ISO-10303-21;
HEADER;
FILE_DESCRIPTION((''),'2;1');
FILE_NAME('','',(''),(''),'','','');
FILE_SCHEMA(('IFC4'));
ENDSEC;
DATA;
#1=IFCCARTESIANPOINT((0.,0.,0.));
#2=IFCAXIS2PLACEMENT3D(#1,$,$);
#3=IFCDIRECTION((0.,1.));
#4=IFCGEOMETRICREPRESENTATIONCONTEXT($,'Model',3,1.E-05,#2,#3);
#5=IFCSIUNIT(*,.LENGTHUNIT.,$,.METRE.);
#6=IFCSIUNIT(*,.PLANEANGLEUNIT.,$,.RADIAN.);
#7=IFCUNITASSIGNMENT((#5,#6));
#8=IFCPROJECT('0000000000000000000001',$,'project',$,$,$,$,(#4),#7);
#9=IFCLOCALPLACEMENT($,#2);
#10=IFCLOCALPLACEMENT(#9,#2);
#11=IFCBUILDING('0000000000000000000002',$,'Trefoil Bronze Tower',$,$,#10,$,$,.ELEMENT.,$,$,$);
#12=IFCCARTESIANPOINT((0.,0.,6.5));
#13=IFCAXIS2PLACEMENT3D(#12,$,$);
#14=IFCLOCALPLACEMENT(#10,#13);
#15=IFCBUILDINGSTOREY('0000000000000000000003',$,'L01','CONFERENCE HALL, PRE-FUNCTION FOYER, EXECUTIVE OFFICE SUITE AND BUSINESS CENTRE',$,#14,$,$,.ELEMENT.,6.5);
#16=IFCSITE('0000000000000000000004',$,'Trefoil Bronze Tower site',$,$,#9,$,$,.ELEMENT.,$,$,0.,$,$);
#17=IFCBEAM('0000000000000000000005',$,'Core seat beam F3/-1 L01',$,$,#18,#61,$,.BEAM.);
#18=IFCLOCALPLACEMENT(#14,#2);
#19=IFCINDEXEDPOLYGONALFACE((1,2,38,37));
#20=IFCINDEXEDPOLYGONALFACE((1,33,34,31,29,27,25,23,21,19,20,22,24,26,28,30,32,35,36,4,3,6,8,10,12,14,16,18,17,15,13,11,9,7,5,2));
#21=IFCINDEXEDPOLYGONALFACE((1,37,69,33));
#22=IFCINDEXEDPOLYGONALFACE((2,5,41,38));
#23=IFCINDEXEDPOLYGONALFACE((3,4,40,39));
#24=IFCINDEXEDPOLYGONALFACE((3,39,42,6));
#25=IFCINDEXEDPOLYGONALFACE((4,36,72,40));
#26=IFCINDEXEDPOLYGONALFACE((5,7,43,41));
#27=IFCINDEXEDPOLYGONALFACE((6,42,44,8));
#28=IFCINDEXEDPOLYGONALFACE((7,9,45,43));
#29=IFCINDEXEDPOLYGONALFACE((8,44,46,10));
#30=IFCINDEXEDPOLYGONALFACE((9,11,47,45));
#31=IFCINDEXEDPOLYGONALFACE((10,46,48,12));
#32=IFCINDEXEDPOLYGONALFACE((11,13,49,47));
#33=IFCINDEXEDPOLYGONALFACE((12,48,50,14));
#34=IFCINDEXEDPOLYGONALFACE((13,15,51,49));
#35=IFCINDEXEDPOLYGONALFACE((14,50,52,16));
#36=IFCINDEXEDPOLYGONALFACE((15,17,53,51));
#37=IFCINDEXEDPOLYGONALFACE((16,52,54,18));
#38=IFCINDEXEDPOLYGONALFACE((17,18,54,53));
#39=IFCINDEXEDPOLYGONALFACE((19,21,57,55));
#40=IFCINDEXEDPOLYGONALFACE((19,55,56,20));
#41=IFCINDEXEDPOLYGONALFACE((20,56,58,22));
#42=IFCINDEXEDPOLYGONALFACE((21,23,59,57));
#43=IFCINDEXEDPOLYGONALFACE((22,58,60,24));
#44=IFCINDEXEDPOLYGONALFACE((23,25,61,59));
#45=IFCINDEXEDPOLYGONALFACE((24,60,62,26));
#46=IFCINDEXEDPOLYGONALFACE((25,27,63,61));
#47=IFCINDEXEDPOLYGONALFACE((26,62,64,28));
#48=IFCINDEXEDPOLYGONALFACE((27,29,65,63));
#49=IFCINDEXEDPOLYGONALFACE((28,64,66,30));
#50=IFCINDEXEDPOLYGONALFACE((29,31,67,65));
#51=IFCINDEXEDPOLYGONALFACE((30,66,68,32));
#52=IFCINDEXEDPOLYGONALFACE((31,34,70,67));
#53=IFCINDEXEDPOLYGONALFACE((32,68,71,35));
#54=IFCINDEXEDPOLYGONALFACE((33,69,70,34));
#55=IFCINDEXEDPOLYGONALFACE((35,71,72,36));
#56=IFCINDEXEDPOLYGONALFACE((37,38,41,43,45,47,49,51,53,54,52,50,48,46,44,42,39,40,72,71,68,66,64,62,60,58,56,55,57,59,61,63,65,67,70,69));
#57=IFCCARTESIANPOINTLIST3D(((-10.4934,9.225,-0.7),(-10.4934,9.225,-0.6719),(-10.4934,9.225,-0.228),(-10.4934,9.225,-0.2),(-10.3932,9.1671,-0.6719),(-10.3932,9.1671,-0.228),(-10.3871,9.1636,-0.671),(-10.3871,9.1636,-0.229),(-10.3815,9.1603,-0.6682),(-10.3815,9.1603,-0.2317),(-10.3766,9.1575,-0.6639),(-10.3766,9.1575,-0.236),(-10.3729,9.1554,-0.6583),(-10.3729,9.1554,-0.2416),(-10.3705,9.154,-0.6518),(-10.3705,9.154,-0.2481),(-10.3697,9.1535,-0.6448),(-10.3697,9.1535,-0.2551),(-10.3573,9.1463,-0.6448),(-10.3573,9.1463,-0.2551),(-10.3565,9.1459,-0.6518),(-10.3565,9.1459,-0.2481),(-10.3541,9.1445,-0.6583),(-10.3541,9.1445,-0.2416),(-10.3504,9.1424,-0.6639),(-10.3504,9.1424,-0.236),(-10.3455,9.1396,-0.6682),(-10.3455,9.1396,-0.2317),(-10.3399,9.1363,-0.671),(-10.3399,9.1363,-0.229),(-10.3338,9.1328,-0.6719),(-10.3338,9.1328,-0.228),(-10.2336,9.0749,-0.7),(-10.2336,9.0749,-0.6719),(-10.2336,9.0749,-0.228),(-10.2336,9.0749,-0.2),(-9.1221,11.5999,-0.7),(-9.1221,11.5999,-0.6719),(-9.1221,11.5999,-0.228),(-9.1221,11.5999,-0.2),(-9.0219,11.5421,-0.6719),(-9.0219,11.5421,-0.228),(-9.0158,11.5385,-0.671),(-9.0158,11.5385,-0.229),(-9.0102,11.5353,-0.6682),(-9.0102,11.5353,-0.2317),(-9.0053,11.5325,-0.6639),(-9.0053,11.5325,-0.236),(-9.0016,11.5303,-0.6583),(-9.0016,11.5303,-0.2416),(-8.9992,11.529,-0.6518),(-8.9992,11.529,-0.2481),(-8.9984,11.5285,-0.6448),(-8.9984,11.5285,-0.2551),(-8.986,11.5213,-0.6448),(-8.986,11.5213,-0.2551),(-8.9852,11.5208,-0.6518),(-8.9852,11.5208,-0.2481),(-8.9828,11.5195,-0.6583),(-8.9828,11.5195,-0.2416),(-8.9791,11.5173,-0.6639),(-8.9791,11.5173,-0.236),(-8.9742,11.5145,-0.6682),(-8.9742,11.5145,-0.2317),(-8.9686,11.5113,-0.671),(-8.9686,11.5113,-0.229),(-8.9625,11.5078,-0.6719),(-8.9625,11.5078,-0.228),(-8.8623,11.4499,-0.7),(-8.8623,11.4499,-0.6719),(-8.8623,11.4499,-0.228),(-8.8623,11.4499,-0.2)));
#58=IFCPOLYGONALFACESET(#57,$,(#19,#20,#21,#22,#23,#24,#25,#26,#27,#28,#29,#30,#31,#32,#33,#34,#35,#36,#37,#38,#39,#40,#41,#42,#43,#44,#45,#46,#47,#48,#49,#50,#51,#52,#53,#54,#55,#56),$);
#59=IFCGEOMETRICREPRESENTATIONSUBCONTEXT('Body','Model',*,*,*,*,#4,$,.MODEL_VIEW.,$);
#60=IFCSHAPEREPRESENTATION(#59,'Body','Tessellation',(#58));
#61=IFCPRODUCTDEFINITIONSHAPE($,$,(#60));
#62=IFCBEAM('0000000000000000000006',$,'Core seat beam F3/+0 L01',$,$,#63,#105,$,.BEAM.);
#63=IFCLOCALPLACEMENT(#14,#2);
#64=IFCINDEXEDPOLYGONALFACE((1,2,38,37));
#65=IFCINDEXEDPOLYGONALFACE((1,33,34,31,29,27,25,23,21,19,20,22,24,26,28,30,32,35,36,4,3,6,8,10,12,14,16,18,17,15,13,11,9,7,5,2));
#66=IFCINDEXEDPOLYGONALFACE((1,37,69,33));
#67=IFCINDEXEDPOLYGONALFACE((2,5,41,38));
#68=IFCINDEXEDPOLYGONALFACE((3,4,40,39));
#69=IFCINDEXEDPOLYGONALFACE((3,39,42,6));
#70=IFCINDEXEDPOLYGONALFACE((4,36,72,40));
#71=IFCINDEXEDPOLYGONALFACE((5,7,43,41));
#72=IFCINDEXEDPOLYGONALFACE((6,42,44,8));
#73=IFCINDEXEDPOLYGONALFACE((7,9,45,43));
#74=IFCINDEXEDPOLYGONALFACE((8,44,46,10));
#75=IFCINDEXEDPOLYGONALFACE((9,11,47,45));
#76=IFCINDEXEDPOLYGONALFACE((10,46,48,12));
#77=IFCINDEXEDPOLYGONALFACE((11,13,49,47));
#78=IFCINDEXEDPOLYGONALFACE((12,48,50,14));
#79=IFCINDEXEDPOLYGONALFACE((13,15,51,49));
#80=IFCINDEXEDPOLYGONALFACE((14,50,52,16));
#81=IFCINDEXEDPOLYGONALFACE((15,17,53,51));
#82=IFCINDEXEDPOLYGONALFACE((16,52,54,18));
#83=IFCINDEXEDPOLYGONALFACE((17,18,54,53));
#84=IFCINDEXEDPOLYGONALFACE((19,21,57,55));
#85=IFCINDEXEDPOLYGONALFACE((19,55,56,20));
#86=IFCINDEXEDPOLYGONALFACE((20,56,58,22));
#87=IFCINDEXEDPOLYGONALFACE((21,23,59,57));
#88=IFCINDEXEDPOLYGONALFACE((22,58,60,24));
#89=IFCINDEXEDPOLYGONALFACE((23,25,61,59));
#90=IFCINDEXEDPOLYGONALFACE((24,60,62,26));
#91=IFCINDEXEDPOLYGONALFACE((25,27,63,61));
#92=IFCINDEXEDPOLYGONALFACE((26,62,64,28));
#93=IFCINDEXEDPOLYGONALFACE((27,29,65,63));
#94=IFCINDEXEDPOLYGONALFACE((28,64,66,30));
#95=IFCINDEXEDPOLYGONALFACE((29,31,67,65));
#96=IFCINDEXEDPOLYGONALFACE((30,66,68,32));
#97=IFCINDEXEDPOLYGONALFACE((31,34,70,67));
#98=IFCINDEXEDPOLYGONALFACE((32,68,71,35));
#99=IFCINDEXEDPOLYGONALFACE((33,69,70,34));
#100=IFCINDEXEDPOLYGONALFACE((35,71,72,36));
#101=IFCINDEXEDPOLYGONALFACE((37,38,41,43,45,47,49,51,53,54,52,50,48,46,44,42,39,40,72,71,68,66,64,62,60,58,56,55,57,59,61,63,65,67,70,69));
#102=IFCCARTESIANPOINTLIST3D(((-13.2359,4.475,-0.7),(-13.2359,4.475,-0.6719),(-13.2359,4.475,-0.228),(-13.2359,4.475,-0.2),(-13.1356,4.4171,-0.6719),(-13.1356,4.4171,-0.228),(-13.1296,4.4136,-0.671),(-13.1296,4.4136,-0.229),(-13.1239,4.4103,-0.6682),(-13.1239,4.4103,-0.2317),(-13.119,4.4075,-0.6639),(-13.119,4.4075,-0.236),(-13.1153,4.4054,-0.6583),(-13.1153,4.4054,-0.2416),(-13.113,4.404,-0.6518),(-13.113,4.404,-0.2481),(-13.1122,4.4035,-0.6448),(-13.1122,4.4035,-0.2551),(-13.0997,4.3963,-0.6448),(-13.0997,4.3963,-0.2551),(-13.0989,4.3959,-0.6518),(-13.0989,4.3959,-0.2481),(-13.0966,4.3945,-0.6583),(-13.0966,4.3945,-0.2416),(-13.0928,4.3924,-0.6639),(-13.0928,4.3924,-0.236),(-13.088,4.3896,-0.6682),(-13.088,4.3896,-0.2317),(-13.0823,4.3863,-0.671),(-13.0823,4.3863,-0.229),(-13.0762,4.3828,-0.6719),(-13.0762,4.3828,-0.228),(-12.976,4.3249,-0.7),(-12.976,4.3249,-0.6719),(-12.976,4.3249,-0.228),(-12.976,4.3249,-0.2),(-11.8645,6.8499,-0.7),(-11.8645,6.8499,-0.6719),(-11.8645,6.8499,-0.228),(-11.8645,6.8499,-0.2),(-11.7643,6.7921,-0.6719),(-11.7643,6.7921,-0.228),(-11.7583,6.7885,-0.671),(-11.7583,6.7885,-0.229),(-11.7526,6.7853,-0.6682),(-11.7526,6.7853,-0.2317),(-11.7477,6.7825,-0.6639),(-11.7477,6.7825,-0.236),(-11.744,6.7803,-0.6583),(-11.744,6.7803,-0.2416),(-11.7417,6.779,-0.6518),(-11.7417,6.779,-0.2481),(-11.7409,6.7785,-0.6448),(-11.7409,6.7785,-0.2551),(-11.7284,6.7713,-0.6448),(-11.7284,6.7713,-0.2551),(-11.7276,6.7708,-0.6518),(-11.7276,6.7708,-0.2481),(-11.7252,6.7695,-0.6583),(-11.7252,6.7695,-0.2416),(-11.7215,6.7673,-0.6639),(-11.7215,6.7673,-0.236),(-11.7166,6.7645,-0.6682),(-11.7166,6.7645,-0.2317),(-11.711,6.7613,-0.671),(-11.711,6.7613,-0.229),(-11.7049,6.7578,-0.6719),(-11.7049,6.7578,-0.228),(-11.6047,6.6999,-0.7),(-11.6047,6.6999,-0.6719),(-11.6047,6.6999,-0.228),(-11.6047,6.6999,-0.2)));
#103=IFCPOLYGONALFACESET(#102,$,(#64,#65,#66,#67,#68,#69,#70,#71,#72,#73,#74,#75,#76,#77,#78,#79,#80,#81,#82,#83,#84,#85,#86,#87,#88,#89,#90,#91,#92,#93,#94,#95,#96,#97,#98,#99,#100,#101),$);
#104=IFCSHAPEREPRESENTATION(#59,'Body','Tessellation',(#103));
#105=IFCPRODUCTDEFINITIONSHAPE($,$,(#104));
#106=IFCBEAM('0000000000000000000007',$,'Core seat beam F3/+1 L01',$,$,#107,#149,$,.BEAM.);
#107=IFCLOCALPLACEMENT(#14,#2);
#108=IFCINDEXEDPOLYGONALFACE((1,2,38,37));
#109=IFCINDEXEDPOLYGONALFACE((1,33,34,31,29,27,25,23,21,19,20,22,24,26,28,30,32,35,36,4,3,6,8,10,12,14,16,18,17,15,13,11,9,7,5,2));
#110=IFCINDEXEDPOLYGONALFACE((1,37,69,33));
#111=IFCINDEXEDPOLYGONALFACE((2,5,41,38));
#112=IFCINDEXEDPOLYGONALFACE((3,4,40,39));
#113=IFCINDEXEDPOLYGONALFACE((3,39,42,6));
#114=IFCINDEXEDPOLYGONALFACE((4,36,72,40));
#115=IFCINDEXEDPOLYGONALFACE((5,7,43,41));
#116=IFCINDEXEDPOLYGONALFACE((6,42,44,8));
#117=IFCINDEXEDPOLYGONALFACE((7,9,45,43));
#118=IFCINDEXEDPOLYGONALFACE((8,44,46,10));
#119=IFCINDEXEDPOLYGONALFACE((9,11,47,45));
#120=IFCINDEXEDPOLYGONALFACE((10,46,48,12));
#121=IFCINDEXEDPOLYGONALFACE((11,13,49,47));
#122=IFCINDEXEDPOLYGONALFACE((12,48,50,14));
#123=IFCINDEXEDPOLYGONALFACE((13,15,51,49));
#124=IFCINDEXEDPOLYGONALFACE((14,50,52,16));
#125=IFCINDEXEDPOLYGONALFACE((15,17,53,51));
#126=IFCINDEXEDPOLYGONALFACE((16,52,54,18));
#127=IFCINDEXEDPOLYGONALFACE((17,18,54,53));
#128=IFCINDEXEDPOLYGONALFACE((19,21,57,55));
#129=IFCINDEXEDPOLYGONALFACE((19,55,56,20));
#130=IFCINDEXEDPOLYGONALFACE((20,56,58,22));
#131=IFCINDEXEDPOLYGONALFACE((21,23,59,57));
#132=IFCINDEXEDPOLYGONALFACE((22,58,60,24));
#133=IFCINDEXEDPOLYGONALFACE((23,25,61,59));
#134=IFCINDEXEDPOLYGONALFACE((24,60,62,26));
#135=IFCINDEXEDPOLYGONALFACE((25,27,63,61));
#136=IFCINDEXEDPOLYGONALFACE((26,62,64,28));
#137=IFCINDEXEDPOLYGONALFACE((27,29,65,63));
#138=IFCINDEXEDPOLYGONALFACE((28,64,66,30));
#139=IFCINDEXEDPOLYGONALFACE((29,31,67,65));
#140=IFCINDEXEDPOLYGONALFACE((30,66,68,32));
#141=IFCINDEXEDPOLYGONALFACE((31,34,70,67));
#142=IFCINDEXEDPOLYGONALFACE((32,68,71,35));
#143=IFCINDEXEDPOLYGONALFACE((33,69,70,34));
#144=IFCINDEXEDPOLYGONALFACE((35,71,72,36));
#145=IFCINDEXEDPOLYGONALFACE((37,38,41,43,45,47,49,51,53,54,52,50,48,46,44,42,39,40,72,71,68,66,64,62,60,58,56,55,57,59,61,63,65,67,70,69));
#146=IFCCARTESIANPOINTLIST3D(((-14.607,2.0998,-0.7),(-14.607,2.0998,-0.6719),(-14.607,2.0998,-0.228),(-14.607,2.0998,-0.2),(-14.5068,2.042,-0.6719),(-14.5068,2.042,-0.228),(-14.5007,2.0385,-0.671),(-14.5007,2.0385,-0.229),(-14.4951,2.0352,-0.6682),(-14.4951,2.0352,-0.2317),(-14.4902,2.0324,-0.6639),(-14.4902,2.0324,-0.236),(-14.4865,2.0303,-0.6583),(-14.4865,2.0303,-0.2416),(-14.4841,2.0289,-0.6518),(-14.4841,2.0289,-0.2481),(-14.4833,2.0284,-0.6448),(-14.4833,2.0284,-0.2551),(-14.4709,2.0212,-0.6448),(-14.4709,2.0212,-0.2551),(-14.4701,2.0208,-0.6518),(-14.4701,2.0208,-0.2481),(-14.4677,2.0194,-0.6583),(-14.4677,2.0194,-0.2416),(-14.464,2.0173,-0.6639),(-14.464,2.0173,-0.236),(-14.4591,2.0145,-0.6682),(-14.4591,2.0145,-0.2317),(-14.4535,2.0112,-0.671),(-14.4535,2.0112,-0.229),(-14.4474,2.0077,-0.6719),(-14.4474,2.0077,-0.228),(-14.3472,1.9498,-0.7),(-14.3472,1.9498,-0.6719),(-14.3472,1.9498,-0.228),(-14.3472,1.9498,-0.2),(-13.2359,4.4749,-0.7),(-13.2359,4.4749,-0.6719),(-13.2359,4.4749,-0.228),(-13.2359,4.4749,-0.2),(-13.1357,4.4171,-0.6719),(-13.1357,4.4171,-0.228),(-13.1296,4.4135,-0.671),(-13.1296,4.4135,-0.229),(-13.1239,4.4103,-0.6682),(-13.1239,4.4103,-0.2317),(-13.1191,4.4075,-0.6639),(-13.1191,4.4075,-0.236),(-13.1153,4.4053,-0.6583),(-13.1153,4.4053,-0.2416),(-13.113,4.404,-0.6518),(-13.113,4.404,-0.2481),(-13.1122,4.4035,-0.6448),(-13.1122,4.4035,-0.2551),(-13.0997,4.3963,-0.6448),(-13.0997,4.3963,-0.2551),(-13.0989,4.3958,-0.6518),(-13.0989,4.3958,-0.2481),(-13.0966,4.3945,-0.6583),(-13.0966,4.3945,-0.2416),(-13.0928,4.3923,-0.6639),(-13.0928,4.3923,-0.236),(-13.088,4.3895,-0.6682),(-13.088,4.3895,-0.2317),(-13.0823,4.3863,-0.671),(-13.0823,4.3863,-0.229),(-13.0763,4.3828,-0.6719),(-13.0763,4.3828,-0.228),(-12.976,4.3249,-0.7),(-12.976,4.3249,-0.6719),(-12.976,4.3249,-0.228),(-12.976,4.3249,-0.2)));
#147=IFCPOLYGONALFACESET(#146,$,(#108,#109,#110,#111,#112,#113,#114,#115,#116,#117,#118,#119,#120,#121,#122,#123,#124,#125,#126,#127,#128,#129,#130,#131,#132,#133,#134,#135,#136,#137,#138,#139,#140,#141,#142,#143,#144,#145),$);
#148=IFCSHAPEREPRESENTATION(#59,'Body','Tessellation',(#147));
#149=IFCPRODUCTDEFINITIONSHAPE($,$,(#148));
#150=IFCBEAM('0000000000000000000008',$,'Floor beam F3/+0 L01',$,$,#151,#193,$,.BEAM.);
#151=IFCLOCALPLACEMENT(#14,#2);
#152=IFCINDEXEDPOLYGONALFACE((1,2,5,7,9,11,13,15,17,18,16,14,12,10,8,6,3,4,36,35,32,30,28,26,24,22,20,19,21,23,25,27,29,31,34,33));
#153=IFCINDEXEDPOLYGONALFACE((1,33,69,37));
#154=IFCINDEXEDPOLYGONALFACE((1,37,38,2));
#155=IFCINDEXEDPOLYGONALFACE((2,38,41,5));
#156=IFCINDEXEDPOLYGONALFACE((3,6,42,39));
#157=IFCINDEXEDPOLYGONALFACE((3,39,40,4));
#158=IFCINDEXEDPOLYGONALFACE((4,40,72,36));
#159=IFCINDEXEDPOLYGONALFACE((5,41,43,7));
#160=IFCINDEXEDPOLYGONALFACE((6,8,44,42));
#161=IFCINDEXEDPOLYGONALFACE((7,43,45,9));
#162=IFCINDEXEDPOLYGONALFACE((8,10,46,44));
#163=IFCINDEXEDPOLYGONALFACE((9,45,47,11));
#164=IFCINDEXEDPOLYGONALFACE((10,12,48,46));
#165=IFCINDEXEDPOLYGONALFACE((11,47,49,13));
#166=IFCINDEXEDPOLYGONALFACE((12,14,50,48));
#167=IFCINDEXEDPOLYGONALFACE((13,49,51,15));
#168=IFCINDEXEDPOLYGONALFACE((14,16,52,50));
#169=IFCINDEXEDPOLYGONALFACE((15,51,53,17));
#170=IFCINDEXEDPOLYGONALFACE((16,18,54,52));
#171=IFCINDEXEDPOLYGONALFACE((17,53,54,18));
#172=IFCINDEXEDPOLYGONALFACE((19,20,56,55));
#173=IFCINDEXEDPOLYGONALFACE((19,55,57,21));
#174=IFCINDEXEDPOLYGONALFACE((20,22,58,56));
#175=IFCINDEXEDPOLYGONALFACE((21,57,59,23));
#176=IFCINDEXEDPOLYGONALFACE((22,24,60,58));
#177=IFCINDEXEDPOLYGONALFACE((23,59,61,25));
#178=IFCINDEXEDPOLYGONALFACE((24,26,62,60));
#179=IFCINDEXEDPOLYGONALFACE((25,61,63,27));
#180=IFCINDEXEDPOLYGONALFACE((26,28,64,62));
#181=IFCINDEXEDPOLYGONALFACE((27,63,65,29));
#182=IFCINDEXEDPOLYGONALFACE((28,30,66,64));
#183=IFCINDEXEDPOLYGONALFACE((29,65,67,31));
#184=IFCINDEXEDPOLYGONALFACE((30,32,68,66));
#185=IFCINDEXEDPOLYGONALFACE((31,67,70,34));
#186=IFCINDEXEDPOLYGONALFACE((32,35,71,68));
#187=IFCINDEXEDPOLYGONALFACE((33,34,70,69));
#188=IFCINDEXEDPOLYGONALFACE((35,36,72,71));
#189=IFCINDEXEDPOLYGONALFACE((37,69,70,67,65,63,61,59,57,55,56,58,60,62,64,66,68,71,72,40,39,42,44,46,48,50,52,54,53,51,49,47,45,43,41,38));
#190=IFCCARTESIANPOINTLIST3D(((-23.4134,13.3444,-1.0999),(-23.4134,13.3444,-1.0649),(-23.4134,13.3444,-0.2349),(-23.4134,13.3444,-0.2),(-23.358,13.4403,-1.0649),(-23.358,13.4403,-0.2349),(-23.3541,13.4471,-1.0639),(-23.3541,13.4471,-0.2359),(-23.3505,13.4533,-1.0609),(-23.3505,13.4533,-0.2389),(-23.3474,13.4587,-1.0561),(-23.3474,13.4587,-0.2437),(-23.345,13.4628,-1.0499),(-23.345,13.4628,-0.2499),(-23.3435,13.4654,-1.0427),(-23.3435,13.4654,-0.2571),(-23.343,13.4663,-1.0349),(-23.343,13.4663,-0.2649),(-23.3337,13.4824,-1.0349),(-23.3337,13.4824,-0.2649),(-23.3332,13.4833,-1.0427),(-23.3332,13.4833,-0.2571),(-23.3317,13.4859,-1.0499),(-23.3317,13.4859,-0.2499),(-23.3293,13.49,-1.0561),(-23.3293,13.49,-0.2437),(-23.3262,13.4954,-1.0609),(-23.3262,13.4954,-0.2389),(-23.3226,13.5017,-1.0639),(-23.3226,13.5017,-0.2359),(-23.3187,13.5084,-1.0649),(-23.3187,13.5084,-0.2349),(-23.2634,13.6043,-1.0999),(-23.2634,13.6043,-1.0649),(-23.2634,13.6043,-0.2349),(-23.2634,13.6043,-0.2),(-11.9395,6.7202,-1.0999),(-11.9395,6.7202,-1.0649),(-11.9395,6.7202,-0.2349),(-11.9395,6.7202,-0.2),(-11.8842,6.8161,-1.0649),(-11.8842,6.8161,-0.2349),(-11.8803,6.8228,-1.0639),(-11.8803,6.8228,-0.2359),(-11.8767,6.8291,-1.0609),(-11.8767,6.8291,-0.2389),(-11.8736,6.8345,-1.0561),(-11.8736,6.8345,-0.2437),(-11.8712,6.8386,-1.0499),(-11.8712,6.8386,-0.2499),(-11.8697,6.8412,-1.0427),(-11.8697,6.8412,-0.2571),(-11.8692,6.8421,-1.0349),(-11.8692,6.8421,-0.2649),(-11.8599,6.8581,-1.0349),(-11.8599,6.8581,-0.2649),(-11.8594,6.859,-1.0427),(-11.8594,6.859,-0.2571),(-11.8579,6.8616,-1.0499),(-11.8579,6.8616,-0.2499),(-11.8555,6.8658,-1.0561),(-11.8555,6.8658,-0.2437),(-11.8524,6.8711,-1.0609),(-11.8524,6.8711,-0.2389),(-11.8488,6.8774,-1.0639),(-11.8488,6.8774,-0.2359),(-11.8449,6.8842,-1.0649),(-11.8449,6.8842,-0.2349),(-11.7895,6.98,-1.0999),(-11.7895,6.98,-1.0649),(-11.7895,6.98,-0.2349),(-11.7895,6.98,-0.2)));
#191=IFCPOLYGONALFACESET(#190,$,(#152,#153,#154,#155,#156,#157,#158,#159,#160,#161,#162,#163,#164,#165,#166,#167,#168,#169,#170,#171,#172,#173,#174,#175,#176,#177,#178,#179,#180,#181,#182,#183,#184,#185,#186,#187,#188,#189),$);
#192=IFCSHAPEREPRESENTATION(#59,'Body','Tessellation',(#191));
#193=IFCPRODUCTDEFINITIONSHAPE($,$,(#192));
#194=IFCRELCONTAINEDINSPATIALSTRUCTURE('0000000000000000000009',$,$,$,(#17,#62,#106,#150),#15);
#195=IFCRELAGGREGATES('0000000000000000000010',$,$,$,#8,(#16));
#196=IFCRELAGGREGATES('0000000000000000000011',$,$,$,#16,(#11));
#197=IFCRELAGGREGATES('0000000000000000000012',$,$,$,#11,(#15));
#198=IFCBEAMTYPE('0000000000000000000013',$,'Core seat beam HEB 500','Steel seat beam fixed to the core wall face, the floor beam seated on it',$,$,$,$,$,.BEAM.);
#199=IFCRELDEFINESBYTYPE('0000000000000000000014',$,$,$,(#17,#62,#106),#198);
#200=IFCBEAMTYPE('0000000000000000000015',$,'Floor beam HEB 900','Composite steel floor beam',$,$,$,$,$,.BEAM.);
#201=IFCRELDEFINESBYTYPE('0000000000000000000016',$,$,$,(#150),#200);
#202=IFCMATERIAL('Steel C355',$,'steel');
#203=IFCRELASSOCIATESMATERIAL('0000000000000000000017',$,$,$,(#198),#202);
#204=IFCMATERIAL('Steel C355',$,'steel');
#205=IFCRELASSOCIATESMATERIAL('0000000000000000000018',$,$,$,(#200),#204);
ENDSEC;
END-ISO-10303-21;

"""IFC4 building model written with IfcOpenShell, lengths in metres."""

from ifc_helpers import new_model, si_unit, direction, frame, origin, origin_2d, place, context, subcontext, project, spatial, i_section, extrude, material, material_profile, profile_set, type_object, element, save


model = new_model("IFC4")

# Units and contexts
model_context = context("Model", 3, precision=1e-05, world=origin(), true_north=direction((0.0, 1.0)))
body_context = subcontext(model_context, "Body", "Model", "MODEL_VIEW")
ifc_project = project(units=[si_unit("LENGTHUNIT", "METRE"), si_unit("PLANEANGLEUNIT", "RADIAN")], contexts=[model_context])

# Site, building, storey
site_placement = place(None, origin())
site = spatial("IfcSite", under=ifc_project, at=site_placement, Name="Trefoil Bronze Tower site", CompositionType="ELEMENT", RefElevation=0.0)
building_placement = place(site_placement, origin())
building = spatial("IfcBuilding", under=site, at=building_placement, Name="Trefoil Bronze Tower", CompositionType="ELEMENT")
storey_placement = place(building_placement, frame((0.0, 0.0, 6.5)))
storey = spatial("IfcBuildingStorey", under=building, at=storey_placement, Name="L01", Description="CONFERENCE HALL, PRE-FUNCTION FOYER, EXECUTIVE OFFICE SUITE AND BUSINESS CENTRE", CompositionType="ELEMENT", Elevation=6.5)

# Beams
ifc_material_1 = material(Name="Steel C355", Category="steel")
ifc_material_profile_1 = material_profile(ifc_material_1, i_section(OverallWidth=0.3, OverallDepth=0.5, WebThickness=0.0144, FlangeThickness=0.0281, FilletRadius=0.0271, at=origin_2d()), Name="HEB 500")
ifc_profile_set_1 = profile_set([ifc_material_profile_1], Name="Steel C355")
beam_type_1 = type_object("IfcBeamType", Name="Core seat beam HEB 500", Description="Steel seat beam fixed to the core wall face, the floor beam seated on it", PredefinedType="BEAM", material=ifc_profile_set_1)
for number, where, z_axis, x_axis, name in (
    (1, (-8.9922, 11.5249, -0.45), (-0.500036, -0.866005, 0.0), (0.866005, -0.500036, 0.0), "Core seat beam F3/-1 L01"),
    (2, (-11.7346, 6.7749, -0.45), (-0.500036, -0.866005, 0.0), (0.866005, -0.500036, 0.0), "Core seat beam F3/+0 L01"),
    (3, (-13.106, 4.3999, -0.45), (-0.499969, -0.866043, 0.0), (0.866043, -0.499969, 0.0), "Core seat beam F3/+1 L01"),
):
    element("IfcBeam", number, at=place(storey_placement, frame(where, z_axis=z_axis, x_axis=x_axis)), inside=storey, type_object=beam_type_1, Name=name, PredefinedType="BEAM", context=body_context, shape_type="SweptSolid", body=[
        extrude(i_section(OverallWidth=0.3, OverallDepth=0.5, WebThickness=0.0144, FlangeThickness=0.0281, FilletRadius=0.0271, at=origin_2d()), origin(), (0.0, 0.0, 1.0), 2.7424),
    ])
ifc_material_2 = material(Name="Steel C355", Category="steel")
ifc_material_profile_2 = material_profile(ifc_material_2, i_section(OverallWidth=0.3, OverallDepth=0.8999, WebThickness=0.0186, FlangeThickness=0.0349, FilletRadius=0.03, at=origin_2d()), Name="HEB 900")
ifc_profile_set_2 = profile_set([ifc_material_profile_2], Name="Steel C355")
beam_type_2 = type_object("IfcBeamType", Name="Floor beam HEB 900", Description="Composite steel floor beam", PredefinedType="BEAM", material=ifc_profile_set_2)
beam_1_placement = place(storey_placement, frame((-23.3384, 13.4744, -0.6499), z_axis=(0.866031, -0.49999, 0.0), x_axis=(0.49999, 0.866031, 0.0)))
element("IfcBeam", 4, at=beam_1_placement, inside=storey, type_object=beam_type_2, Name="Floor beam F3/+0 L01", PredefinedType="BEAM", context=body_context, shape_type="SweptSolid", body=[
    extrude(i_section(OverallWidth=0.3, OverallDepth=0.8999, WebThickness=0.0186, FlangeThickness=0.0349, FilletRadius=0.03, at=origin_2d()), origin(), (0.0, 0.0, 1.0), 13.2488),
])

save(model, "model.ifc")
